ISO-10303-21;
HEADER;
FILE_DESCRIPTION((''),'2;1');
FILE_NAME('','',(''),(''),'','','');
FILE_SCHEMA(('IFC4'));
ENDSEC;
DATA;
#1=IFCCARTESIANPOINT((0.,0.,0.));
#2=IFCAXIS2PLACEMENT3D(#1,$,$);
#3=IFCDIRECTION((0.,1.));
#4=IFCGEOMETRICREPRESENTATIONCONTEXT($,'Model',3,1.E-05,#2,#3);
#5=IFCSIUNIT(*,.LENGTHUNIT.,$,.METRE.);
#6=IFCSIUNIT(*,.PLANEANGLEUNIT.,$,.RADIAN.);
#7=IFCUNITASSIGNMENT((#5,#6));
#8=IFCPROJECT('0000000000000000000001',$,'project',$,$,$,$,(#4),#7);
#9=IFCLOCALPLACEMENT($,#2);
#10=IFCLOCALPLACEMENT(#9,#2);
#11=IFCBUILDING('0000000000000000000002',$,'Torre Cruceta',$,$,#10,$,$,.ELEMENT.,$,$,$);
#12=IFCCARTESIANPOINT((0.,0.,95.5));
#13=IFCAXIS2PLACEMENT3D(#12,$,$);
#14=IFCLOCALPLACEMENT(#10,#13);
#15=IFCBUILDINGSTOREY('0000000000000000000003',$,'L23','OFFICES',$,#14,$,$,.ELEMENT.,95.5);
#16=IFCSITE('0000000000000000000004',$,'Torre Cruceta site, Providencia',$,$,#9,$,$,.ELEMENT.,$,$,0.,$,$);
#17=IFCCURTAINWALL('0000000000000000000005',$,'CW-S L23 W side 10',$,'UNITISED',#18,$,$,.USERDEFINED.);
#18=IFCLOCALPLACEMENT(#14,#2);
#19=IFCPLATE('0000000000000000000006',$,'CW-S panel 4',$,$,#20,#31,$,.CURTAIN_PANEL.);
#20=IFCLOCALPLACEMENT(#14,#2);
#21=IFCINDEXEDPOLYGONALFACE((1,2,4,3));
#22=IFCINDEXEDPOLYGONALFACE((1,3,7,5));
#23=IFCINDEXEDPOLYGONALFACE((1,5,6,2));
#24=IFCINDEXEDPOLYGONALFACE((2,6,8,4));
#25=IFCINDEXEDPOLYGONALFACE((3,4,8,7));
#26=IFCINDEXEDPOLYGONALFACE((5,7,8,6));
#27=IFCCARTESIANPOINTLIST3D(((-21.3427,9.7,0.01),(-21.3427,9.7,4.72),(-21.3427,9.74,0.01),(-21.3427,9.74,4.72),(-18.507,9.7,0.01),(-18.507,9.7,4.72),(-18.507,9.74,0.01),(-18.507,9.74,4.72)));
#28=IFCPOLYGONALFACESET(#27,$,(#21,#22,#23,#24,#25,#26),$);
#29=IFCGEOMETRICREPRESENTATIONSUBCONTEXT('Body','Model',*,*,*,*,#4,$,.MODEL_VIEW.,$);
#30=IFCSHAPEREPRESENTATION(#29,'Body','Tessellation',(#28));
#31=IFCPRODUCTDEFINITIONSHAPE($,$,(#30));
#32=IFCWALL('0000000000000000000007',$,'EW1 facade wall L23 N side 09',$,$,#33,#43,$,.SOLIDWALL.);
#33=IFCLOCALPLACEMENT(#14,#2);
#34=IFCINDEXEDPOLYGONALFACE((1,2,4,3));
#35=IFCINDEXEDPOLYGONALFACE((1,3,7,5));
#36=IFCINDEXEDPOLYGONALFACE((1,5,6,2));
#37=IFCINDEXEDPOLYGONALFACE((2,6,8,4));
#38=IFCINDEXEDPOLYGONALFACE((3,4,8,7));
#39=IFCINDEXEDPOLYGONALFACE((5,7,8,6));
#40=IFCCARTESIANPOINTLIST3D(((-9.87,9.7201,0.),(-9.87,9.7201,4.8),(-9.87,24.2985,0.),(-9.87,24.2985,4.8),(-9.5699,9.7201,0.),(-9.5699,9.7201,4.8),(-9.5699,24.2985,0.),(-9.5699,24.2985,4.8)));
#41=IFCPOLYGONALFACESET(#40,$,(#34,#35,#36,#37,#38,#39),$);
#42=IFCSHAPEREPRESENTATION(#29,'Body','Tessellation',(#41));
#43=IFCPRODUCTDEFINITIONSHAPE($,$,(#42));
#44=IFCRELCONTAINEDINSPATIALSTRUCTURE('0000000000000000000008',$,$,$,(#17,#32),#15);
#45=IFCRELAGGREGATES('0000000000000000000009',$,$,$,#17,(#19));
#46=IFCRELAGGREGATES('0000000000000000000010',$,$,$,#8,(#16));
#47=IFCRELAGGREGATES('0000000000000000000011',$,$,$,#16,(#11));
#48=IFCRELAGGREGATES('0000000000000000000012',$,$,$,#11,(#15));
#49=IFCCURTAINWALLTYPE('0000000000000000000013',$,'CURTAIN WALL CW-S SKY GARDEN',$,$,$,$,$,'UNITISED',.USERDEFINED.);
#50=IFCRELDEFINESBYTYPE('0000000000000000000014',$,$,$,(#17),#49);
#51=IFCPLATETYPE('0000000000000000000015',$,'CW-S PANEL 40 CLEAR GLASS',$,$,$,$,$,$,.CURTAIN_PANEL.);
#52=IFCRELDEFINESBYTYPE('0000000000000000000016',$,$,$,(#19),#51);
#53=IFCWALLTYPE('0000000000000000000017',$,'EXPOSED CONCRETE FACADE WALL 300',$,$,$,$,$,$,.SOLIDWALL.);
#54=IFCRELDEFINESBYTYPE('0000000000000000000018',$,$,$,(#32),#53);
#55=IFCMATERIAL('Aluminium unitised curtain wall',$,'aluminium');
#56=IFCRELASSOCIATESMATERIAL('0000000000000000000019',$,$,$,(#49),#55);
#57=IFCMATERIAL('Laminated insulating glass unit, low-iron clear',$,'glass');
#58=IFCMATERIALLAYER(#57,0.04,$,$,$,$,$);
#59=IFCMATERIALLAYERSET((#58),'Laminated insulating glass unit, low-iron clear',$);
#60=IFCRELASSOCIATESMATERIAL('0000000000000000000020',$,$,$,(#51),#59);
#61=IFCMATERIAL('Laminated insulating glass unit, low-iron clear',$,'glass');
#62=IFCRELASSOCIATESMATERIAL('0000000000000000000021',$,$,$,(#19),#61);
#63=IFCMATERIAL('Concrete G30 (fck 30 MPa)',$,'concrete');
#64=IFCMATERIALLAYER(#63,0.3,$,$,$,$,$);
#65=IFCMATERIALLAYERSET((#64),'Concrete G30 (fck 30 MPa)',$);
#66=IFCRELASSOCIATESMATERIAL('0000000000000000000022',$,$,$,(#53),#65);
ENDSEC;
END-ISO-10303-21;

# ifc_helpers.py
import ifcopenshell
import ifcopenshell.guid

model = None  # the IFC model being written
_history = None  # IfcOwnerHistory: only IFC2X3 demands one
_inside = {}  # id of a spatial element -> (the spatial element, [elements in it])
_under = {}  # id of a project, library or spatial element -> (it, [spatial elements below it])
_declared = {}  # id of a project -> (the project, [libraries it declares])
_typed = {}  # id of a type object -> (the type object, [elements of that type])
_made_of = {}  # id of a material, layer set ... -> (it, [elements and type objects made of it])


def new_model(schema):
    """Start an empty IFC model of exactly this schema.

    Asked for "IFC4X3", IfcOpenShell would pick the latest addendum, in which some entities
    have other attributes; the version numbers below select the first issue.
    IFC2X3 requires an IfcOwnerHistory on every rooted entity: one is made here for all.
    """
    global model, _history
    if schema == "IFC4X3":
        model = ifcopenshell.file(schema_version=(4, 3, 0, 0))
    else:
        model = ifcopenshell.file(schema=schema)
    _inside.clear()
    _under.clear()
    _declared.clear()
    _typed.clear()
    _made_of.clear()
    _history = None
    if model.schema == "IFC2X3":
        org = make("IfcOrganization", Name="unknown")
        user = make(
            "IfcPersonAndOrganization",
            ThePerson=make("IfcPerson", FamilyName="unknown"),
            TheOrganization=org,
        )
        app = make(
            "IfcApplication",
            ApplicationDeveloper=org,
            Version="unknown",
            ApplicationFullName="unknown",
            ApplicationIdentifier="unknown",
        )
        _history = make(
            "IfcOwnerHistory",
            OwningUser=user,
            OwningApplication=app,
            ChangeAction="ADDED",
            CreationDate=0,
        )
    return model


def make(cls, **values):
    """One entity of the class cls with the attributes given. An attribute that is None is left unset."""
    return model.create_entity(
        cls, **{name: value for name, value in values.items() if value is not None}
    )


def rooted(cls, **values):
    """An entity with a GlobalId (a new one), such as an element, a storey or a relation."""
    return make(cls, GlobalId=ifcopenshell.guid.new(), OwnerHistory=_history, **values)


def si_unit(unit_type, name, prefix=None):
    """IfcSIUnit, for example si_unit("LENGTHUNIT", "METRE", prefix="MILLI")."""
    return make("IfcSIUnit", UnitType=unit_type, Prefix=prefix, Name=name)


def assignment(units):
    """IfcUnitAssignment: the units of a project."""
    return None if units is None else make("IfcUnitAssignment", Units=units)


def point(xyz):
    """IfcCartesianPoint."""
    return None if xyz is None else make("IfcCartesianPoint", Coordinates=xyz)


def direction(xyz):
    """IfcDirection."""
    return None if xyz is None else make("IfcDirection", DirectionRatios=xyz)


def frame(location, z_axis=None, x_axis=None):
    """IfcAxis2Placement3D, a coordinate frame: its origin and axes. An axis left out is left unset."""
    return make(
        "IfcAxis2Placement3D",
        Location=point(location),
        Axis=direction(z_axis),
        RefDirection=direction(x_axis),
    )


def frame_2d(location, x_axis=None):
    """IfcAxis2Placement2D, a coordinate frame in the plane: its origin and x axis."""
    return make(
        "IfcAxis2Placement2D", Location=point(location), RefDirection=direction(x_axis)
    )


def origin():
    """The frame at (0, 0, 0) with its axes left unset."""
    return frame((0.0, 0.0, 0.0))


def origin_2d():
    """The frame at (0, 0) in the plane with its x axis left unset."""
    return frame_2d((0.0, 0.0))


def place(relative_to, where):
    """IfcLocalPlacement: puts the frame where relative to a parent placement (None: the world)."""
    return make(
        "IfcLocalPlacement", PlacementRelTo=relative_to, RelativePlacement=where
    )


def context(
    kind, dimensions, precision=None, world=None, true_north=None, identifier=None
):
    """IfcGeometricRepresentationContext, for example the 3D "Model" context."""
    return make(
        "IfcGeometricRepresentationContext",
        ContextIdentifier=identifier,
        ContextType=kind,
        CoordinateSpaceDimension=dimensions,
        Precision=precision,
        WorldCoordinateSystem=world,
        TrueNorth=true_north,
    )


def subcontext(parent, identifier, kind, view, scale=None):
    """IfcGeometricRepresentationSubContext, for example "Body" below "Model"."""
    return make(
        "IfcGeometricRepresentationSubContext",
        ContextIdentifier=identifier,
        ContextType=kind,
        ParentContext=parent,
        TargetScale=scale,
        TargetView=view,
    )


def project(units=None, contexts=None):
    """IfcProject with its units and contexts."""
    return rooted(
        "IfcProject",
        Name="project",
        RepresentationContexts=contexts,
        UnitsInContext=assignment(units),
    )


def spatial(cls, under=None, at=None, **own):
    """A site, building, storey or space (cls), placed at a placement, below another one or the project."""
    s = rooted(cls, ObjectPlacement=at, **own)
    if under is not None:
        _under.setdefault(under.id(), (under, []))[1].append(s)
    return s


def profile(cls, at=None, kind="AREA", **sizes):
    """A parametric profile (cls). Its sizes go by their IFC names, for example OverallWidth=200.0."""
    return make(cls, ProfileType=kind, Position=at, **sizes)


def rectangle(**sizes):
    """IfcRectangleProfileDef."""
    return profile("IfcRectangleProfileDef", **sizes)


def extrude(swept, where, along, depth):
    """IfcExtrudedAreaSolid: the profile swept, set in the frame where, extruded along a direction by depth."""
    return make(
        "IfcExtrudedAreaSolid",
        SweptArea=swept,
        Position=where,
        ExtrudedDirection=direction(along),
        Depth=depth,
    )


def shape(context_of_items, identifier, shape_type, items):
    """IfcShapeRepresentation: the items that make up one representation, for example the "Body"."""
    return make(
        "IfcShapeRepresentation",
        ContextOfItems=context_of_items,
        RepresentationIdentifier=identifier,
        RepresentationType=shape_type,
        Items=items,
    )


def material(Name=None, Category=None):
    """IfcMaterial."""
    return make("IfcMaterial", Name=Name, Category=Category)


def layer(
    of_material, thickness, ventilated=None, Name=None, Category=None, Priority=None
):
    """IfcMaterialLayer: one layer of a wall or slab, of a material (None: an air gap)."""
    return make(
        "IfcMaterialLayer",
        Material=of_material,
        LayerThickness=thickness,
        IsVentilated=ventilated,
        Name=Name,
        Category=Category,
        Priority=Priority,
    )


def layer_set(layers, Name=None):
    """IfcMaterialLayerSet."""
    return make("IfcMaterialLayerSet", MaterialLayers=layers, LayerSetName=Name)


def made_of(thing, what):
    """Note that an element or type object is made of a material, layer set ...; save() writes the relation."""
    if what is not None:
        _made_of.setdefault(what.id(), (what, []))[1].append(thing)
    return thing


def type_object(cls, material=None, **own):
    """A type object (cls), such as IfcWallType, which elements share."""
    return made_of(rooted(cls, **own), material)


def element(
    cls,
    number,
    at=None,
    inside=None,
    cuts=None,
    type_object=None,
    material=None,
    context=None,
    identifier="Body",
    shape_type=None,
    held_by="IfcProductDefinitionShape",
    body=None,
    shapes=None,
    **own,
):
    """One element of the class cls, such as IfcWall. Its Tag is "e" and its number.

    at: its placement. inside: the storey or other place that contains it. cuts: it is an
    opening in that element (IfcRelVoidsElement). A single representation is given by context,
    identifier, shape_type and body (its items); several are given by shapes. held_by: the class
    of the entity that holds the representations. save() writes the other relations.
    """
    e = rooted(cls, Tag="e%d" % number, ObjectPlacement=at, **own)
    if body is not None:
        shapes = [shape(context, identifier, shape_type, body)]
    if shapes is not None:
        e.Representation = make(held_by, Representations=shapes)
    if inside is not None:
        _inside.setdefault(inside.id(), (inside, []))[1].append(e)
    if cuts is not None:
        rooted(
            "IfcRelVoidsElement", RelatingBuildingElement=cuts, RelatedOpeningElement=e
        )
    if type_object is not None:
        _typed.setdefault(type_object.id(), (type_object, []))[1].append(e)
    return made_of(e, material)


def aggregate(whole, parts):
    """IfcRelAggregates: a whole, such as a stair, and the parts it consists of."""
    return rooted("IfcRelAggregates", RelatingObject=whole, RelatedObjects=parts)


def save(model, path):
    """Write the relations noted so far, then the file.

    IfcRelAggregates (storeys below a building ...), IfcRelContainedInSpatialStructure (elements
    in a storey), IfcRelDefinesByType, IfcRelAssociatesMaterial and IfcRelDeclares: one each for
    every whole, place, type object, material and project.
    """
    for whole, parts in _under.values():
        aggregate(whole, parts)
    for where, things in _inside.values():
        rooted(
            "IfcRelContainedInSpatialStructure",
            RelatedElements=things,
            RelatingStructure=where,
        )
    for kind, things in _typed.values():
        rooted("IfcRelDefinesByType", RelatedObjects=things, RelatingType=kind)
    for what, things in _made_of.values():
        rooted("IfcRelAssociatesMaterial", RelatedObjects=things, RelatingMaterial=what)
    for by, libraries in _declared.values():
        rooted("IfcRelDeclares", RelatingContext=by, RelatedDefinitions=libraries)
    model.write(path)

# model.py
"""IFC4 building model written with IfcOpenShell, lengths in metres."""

from ifc_helpers import new_model, si_unit, direction, frame, frame_2d, origin, origin_2d, place, context, subcontext, project, spatial, rectangle, extrude, material, layer, layer_set, type_object, element, aggregate, save


model = new_model("IFC4")

# Units and contexts
model_context = context("Model", 3, precision=1e-05, world=origin(), true_north=direction((0.0, 1.0)))
body_context = subcontext(model_context, "Body", "Model", "MODEL_VIEW")
ifc_project = project(units=[si_unit("LENGTHUNIT", "METRE"), si_unit("PLANEANGLEUNIT", "RADIAN")], contexts=[model_context])

# Site, building, storey
site_placement = place(None, origin())
site = spatial("IfcSite", under=ifc_project, at=site_placement, Name="Torre Cruceta site, Providencia", CompositionType="ELEMENT", RefElevation=0.0)
building_placement = place(site_placement, origin())
building = spatial("IfcBuilding", under=site, at=building_placement, Name="Torre Cruceta", CompositionType="ELEMENT")
storey_placement = place(building_placement, frame((0.0, 0.0, 95.5)))
storey = spatial("IfcBuildingStorey", under=building, at=storey_placement, Name="L23", Description="OFFICES", CompositionType="ELEMENT", Elevation=95.5)

# Curtain wall, plate
ifc_material_1 = material(Name="Aluminium unitised curtain wall", Category="aluminium")
curtain_wall_type = type_object("IfcCurtainWallType", Name="CURTAIN WALL CW-S SKY GARDEN", ElementType="UNITISED", PredefinedType="USERDEFINED", material=ifc_material_1)
curtain_wall_placement = place(storey_placement, origin())
curtain_wall = element("IfcCurtainWall", 1, at=curtain_wall_placement, inside=storey, type_object=curtain_wall_type, Name="CW-S L23 W side 10", ObjectType="UNITISED", PredefinedType="USERDEFINED")
ifc_material_2 = material(Name="Laminated insulating glass unit, low-iron clear", Category="glass")
ifc_material_3 = material(Name="Laminated insulating glass unit, low-iron clear", Category="glass")
ifc_layer_1 = layer(ifc_material_3, 0.04)
ifc_layer_set_1 = layer_set([ifc_layer_1], Name="Laminated insulating glass unit, low-iron clear")
plate_type_1 = type_object("IfcPlateType", Name="CW-S PANEL 40 CLEAR GLASS", PredefinedType="CURTAIN_PANEL", material=ifc_layer_set_1)
plate_1_placement = place(storey_placement, frame((-19.9248, 9.72, 0.01), z_axis=(0.0, 0.0, 1.0), x_axis=(-1.0, 0.0, 0.0)))
plate_1 = element("IfcPlate", 2, at=plate_1_placement, type_object=plate_type_1, material=ifc_material_2, Name="CW-S panel 4", PredefinedType="CURTAIN_PANEL", context=body_context, shape_type="SweptSolid", body=[
    extrude(rectangle(XDim=2.8357, YDim=0.04, at=origin_2d()), origin(), (0.0, 0.0, 1.0), 4.71),
])
aggregate(curtain_wall, [plate_1])

# Wall
ifc_material_4 = material(Name="Concrete G30 (fck 30 MPa)", Category="concrete")
ifc_layer_2 = layer(ifc_material_4, 0.3)
ifc_layer_set_2 = layer_set([ifc_layer_2], Name="Concrete G30 (fck 30 MPa)")
wall_type = type_object("IfcWallType", Name="EXPOSED CONCRETE FACADE WALL 300", PredefinedType="SOLIDWALL", material=ifc_layer_set_2)
wall_placement = place(storey_placement, frame((-9.72, 24.2983, 0.0), z_axis=(0.0, 0.0, 1.0), x_axis=(0.0, -1.0, 0.0)))
element("IfcWall", 3, at=wall_placement, inside=storey, type_object=wall_type, Name="EW1 facade wall L23 N side 09", PredefinedType="SOLIDWALL", context=body_context, shape_type="SweptSolid", body=[
    extrude(rectangle(XDim=14.5784, YDim=0.3, at=frame_2d((7.2891, 0.0))), origin(), (0.0, 0.0, 1.0), 4.8),
])

save(model, "model.ifc")
